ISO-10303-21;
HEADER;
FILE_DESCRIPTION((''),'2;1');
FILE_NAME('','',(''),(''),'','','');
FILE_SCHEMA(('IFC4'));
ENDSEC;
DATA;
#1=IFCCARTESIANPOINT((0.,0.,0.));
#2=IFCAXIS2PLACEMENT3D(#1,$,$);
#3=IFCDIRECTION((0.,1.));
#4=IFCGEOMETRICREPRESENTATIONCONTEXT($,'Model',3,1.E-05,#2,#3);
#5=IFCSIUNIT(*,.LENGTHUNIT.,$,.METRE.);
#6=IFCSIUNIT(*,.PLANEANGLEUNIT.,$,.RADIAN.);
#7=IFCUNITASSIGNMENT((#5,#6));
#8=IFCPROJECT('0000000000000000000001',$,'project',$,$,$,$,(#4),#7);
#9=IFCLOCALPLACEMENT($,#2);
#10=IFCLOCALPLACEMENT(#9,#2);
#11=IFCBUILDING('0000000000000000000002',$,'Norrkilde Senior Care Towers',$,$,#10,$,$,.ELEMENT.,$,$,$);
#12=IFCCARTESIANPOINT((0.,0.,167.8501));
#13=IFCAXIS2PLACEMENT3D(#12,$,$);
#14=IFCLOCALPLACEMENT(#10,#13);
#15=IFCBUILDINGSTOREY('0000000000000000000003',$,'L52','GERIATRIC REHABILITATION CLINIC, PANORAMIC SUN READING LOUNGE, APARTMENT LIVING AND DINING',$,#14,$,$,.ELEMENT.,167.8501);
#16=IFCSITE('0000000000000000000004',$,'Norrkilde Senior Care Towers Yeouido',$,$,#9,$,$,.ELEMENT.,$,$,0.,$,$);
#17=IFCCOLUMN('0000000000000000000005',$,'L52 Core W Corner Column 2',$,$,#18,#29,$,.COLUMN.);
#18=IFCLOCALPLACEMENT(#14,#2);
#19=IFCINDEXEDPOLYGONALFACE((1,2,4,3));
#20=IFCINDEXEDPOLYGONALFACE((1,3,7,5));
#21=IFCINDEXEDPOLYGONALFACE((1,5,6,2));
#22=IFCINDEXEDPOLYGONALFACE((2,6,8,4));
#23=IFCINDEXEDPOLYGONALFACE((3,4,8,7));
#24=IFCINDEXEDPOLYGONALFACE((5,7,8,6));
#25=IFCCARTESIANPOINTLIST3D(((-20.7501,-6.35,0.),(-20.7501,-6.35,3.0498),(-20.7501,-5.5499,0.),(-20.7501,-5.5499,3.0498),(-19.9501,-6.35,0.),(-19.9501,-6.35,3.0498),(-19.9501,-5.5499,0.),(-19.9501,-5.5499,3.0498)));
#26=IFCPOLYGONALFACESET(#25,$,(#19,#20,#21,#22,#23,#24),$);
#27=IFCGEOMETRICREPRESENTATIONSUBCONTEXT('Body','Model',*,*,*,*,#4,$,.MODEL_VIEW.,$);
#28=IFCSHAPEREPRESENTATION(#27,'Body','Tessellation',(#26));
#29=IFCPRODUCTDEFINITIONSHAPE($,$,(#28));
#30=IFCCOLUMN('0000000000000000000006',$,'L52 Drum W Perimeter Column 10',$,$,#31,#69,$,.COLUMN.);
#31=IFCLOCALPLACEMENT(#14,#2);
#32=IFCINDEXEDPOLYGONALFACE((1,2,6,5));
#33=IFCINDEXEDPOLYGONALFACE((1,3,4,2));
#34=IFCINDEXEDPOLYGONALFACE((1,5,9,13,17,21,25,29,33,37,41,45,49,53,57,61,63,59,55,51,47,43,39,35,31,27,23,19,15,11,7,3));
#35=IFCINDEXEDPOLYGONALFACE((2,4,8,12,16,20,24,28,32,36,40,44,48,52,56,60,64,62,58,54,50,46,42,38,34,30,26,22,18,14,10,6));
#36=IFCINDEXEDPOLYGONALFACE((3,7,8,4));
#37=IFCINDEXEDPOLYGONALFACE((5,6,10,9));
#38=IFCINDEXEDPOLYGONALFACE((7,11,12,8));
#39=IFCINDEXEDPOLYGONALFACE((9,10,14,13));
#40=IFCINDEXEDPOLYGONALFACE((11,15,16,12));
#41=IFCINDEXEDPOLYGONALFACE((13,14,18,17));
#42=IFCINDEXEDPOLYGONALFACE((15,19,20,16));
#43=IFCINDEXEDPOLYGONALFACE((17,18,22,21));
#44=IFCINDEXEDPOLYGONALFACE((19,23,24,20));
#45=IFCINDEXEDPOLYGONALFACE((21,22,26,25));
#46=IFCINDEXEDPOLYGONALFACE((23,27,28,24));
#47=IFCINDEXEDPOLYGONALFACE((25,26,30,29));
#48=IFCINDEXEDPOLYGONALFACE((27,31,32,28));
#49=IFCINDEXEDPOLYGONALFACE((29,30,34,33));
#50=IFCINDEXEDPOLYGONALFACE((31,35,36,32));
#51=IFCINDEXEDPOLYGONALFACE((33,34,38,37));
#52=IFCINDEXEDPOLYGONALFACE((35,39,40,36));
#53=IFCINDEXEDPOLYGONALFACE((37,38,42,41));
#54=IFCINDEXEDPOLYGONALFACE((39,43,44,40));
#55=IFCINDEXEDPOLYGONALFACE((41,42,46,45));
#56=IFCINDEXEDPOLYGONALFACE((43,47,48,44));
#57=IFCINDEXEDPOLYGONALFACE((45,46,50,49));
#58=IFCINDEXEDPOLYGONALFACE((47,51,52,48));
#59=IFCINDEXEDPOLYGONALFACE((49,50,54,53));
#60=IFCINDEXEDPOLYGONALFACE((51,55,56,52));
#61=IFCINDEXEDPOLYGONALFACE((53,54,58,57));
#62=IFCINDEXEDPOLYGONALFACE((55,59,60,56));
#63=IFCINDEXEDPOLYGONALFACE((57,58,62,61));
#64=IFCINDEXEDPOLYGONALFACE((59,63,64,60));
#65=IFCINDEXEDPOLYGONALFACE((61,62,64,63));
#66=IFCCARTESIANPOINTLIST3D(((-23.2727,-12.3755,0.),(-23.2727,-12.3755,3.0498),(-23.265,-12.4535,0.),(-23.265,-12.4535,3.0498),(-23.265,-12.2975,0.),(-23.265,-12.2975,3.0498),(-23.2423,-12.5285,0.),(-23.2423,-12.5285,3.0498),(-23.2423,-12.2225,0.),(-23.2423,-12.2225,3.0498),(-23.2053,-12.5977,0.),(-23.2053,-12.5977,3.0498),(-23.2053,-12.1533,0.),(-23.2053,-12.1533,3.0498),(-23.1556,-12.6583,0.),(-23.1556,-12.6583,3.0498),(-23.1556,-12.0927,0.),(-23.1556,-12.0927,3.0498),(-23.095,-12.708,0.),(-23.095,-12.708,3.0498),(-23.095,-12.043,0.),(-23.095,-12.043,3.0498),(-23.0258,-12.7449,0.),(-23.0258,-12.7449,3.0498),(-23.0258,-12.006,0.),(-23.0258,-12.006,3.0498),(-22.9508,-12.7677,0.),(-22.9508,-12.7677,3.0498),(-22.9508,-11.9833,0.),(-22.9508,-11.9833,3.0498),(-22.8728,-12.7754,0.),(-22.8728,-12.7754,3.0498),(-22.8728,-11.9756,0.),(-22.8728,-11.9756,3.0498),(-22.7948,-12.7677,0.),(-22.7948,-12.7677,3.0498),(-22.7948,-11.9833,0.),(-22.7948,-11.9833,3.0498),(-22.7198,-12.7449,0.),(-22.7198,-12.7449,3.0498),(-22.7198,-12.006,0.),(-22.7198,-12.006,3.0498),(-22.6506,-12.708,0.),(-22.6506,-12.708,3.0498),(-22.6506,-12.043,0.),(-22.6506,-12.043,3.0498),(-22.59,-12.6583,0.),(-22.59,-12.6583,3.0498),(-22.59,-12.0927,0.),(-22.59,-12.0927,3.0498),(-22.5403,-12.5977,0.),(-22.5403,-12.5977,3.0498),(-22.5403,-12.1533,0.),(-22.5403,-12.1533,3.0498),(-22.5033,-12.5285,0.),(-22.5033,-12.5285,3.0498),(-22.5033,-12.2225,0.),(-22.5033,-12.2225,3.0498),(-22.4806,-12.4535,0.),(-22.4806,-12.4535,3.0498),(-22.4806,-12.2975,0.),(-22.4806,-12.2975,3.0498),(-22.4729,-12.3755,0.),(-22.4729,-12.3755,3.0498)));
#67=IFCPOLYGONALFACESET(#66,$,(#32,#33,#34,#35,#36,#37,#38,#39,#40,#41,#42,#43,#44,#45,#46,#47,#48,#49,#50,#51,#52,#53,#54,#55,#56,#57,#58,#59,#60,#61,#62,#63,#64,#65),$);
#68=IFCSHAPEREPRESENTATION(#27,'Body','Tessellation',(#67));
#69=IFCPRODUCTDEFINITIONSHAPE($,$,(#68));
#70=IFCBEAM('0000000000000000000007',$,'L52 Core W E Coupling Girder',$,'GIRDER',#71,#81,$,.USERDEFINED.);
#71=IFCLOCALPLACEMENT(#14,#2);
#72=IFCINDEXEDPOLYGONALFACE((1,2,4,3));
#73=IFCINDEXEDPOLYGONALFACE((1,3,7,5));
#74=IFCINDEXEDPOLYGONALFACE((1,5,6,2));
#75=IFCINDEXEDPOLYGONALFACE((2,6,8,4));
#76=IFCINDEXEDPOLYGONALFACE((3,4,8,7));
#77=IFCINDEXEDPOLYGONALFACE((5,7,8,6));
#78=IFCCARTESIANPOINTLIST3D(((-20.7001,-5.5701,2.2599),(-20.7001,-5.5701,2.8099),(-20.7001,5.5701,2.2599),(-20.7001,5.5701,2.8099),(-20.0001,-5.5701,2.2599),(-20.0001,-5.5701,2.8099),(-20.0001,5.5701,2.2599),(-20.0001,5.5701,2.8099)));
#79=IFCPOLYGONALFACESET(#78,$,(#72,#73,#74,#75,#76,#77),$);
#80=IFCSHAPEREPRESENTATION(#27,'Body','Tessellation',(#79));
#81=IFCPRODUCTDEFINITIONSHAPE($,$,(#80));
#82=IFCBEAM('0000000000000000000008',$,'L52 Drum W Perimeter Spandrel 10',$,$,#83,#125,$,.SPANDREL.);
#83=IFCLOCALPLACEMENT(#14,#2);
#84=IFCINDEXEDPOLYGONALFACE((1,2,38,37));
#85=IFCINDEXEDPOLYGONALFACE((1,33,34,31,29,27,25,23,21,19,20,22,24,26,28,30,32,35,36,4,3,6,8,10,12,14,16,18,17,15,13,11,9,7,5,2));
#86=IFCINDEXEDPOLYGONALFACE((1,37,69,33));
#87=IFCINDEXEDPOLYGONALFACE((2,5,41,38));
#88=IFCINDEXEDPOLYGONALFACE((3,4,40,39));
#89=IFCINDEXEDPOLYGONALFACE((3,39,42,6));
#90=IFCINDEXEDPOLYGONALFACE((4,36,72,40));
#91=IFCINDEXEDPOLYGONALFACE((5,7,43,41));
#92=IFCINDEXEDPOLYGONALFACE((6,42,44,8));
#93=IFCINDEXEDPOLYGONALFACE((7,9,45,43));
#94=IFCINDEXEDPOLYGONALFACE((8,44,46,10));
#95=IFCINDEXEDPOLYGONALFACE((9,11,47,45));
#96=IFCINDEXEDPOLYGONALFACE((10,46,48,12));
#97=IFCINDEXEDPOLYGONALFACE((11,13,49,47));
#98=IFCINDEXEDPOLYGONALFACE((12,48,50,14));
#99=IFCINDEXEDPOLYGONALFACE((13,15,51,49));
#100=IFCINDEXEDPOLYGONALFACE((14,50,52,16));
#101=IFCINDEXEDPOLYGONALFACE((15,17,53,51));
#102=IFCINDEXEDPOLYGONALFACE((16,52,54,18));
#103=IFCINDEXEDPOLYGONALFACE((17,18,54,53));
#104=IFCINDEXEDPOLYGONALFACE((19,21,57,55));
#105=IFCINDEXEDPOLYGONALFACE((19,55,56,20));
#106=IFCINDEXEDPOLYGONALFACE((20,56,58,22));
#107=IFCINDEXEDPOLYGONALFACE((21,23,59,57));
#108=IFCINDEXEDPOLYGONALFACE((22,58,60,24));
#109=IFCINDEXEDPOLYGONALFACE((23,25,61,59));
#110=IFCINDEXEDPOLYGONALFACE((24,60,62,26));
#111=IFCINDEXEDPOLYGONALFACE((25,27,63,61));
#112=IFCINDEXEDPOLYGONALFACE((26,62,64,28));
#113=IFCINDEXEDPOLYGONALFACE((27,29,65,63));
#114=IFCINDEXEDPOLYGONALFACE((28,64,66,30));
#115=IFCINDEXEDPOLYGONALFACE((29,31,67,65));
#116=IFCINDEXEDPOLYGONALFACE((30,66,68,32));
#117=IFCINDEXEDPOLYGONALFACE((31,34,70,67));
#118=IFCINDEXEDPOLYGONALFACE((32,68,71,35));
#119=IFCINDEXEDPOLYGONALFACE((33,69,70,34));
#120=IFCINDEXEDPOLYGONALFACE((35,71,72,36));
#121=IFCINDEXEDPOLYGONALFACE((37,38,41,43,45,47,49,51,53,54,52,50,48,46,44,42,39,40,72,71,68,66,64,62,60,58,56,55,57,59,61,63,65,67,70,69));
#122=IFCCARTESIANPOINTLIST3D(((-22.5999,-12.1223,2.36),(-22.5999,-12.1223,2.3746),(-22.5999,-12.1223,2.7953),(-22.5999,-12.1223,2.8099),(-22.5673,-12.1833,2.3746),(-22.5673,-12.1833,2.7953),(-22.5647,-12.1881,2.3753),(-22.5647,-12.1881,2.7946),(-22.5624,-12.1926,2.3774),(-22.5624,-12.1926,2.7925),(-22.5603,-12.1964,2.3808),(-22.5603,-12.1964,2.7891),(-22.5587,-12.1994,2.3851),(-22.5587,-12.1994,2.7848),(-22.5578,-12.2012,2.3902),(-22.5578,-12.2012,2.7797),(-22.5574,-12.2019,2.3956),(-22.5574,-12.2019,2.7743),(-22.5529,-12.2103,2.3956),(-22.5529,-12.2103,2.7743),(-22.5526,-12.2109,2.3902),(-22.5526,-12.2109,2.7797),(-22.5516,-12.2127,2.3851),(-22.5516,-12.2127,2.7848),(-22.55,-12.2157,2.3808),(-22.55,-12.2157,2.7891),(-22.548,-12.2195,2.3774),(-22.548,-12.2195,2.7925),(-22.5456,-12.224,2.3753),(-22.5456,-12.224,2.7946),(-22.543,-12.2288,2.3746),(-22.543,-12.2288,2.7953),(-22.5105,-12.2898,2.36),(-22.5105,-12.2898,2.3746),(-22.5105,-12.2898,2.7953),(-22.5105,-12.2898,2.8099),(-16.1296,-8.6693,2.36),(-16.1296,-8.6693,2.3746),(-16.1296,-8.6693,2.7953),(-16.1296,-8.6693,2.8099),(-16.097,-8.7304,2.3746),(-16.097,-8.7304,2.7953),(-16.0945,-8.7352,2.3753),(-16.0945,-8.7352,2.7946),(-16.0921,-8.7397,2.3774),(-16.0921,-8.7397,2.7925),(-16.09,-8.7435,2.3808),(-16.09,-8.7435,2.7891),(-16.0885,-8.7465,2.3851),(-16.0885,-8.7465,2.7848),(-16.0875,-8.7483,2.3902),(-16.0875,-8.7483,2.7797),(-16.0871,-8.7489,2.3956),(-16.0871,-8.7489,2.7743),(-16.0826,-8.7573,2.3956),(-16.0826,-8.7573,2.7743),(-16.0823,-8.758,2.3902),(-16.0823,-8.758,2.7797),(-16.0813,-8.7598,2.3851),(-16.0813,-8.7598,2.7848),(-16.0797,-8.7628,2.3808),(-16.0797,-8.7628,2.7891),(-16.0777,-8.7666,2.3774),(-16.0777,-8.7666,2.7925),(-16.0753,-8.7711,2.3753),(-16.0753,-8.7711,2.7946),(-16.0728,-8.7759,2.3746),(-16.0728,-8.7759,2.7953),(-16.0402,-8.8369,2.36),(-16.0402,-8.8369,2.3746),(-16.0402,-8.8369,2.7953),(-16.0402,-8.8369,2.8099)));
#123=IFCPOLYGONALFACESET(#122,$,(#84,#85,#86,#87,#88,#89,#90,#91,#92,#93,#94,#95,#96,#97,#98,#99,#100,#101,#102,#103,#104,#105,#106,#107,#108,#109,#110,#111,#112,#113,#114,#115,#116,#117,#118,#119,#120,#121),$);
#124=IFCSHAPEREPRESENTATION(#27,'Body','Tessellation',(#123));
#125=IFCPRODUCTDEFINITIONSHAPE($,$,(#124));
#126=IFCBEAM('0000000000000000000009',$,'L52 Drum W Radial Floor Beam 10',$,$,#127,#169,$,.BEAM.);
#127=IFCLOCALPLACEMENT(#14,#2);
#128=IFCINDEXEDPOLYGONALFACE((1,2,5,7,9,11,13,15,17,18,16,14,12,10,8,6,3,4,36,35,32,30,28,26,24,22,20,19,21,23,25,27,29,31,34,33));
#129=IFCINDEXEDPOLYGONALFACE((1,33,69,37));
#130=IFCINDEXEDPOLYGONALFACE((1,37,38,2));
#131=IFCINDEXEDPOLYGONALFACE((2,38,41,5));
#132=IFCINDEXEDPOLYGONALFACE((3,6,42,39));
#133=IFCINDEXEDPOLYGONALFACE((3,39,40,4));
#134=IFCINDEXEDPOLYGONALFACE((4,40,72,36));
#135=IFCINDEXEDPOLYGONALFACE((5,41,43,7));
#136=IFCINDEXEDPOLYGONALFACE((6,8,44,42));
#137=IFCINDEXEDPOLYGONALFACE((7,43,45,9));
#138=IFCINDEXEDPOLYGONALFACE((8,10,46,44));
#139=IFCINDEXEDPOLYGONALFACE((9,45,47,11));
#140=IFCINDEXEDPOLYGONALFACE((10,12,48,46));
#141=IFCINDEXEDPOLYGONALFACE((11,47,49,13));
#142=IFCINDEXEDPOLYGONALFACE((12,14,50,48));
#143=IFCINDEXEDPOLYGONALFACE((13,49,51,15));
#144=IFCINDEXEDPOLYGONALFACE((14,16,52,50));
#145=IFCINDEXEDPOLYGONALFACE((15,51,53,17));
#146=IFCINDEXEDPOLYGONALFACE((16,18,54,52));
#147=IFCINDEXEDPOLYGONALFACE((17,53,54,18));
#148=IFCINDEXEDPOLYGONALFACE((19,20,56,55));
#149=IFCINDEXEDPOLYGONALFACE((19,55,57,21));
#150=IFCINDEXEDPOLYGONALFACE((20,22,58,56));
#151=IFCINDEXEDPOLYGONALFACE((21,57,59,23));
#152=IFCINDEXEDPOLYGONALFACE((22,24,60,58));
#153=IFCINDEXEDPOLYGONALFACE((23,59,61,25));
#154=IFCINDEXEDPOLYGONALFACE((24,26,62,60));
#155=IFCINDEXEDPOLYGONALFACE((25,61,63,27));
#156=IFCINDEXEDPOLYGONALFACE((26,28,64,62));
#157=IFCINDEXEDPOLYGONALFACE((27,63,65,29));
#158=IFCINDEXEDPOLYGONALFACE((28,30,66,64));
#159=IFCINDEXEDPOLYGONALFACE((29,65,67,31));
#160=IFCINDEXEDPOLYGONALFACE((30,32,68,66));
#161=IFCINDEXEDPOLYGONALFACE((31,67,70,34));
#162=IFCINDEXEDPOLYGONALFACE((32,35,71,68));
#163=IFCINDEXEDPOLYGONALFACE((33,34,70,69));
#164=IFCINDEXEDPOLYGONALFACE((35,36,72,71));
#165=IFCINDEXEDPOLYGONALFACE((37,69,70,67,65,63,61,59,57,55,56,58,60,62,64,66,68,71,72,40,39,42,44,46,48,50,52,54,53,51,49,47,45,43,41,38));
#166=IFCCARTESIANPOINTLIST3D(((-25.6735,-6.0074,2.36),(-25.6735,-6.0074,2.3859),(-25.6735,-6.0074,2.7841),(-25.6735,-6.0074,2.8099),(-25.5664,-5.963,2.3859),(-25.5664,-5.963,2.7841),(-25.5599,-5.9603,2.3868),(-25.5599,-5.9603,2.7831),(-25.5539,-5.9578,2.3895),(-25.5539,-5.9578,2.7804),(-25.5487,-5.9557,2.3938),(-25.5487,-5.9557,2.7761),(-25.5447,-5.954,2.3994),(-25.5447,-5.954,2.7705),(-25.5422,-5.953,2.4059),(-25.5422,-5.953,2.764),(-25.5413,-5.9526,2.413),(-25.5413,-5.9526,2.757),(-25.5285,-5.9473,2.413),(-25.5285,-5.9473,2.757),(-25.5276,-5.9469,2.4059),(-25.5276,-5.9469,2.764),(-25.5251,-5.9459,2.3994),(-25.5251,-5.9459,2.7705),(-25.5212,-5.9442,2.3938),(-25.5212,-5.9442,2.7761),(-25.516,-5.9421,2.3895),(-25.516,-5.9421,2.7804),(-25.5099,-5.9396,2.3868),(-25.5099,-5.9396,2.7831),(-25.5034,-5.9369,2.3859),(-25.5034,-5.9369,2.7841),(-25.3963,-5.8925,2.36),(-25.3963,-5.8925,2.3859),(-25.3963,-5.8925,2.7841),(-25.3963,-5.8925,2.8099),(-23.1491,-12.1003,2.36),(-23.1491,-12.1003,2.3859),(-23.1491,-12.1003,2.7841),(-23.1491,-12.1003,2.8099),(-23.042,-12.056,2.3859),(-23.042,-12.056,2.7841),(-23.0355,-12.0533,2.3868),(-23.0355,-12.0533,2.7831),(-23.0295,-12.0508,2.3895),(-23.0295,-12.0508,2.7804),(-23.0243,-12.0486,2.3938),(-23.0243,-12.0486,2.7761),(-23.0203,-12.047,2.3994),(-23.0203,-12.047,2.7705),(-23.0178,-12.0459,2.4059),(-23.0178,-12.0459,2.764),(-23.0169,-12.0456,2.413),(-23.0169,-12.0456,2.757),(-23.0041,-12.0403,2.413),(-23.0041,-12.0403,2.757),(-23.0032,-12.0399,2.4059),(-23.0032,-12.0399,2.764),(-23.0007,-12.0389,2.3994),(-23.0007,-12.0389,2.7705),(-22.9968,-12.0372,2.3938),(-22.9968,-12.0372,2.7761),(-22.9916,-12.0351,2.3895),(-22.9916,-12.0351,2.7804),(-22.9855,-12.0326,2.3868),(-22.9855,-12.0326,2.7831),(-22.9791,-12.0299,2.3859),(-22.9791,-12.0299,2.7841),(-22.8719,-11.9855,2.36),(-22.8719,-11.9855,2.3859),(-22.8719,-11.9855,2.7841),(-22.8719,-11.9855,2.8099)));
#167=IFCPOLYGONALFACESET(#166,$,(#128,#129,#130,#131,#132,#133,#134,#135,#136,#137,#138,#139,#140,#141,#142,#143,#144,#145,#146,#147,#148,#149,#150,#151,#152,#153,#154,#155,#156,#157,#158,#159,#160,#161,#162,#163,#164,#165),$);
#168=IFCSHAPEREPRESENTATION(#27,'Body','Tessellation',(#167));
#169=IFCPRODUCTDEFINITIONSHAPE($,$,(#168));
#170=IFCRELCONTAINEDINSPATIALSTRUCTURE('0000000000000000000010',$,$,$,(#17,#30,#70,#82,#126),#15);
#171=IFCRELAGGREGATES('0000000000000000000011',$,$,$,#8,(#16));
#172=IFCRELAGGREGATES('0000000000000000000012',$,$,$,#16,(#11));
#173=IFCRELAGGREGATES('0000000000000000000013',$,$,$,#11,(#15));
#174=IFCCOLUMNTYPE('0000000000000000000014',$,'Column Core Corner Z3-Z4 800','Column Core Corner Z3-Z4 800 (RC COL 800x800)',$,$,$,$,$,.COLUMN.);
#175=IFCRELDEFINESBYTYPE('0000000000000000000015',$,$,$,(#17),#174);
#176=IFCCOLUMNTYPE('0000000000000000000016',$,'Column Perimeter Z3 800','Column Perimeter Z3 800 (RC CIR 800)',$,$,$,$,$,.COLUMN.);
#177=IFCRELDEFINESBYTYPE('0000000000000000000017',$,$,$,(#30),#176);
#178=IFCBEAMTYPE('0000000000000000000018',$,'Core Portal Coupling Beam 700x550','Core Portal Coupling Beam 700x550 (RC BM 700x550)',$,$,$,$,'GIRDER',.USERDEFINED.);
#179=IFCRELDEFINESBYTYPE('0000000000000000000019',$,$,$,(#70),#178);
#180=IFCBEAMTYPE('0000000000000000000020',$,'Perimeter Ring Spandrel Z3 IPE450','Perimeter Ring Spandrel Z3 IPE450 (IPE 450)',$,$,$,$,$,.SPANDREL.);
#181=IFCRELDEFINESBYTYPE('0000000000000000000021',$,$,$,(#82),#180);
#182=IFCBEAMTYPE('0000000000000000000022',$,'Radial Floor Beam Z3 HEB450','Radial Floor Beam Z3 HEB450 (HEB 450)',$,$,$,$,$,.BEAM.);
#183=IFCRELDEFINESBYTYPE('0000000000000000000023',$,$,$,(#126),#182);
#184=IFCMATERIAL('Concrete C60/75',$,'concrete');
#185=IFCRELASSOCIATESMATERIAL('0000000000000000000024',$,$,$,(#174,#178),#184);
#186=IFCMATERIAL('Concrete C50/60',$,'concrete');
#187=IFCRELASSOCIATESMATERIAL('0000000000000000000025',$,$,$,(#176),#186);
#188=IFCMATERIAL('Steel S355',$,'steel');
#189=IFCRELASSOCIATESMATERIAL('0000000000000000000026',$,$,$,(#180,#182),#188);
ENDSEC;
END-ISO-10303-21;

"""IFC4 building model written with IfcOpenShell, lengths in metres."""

from ifc_helpers import new_model, si_unit, direction, frame, origin, origin_2d, place, context, subcontext, project, spatial, rectangle, circle, i_section, extrude, source, transform, mapped, material, material_profile, profile_set, type_object, type_shapes, element, save


model = new_model("IFC4")

# Units and contexts
model_context = context("Model", 3, precision=1e-05, world=origin(), true_north=direction((0.0, 1.0)))
body_context = subcontext(model_context, "Body", "Model", "MODEL_VIEW")
ifc_project = project(units=[si_unit("LENGTHUNIT", "METRE"), si_unit("PLANEANGLEUNIT", "RADIAN")], contexts=[model_context])

# Site, building, storey
site_placement = place(None, origin())
site = spatial("IfcSite", under=ifc_project, at=site_placement, Name="Norrkilde Senior Care Towers Yeouido", CompositionType="ELEMENT", RefElevation=0.0)
building_placement = place(site_placement, origin())
building = spatial("IfcBuilding", under=site, at=building_placement, Name="Norrkilde Senior Care Towers", CompositionType="ELEMENT")
storey_placement = place(building_placement, frame((0.0, 0.0, 167.8501)))
storey = spatial("IfcBuildingStorey", under=building, at=storey_placement, Name="L52", Description="GERIATRIC REHABILITATION CLINIC, PANORAMIC SUN READING LOUNGE, APARTMENT LIVING AND DINING", CompositionType="ELEMENT", Elevation=167.8501)

# Columns
ifc_material_1 = material(Name="Concrete C60/75", Category="concrete")
ifc_material_profile_1 = material_profile(ifc_material_1, rectangle(XDim=0.8, YDim=0.8, at=origin_2d()), Name="RC COL 800x800")
ifc_profile_set_1 = profile_set([ifc_material_profile_1], Name="Concrete C60/75")
column_type_1 = type_object("IfcColumnType", Name="Column Core Corner Z3-Z4 800", Description="Column Core Corner Z3-Z4 800 (RC COL 800x800)", PredefinedType="COLUMN", material=ifc_profile_set_1)
shared_shape_1 = source(origin(), body_context, "Body", "SweptSolid", [
    extrude(rectangle(XDim=0.8, YDim=0.8, at=origin_2d()), origin(), (0.0, 0.0, 1.0), 3.0498),
])
type_shapes(column_type_1, [shared_shape_1])
column_1_placement = place(storey_placement, frame((-20.3501, -5.95, 0.0), z_axis=(0.0, 0.0, 1.0), x_axis=(1.0, 0.0, 0.0)))
element("IfcColumn", 1, at=column_1_placement, inside=storey, type_object=column_type_1, Name="L52 Core W Corner Column 2", PredefinedType="COLUMN", context=body_context, shape_type="MappedRepresentation", body=[
    mapped(shared_shape_1, transform((0.0, 0.0, 0.0), x_axis=(1.0, 0.0, 0.0), y_axis=(0.0, 1.0, 0.0), z_axis=(0.0, 0.0, 1.0), scale=1.0)),
])
ifc_material_2 = material(Name="Concrete C50/60", Category="concrete")
ifc_material_profile_2 = material_profile(ifc_material_2, circle(Radius=0.3999, at=origin_2d()), Name="RC CIR 800")
ifc_profile_set_2 = profile_set([ifc_material_profile_2], Name="Concrete C50/60")
column_type_2 = type_object("IfcColumnType", Name="Column Perimeter Z3 800", Description="Column Perimeter Z3 800 (RC CIR 800)", PredefinedType="COLUMN", material=ifc_profile_set_2)
shared_shape_2 = source(origin(), body_context, "Body", "SweptSolid", [
    extrude(circle(Radius=0.3999, at=origin_2d()), origin(), (0.0, 0.0, 1.0), 3.0498),
])
type_shapes(column_type_2, [shared_shape_2])
column_2_placement = place(storey_placement, frame((-22.8728, -12.3755, 0.0), z_axis=(0.0, 0.0, 1.0), x_axis=(1.0, 0.0, 0.0)))
element("IfcColumn", 2, at=column_2_placement, inside=storey, type_object=column_type_2, Name="L52 Drum W Perimeter Column 10", PredefinedType="COLUMN", context=body_context, shape_type="MappedRepresentation", body=[
    mapped(shared_shape_2, transform((0.0, 0.0, 0.0), x_axis=(1.0, 0.0, 0.0), y_axis=(0.0, 1.0, 0.0), z_axis=(0.0, 0.0, 1.0), scale=1.0)),
])

# Beams
ifc_material_profile_3 = material_profile(ifc_material_1, rectangle(XDim=0.7, YDim=0.55, at=origin_2d()), Name="RC BM 700x550")
ifc_profile_set_3 = profile_set([ifc_material_profile_3], Name="Concrete C60/75")
beam_type_1 = type_object("IfcBeamType", Name="Core Portal Coupling Beam 700x550", Description="Core Portal Coupling Beam 700x550 (RC BM 700x550)", ElementType="GIRDER", PredefinedType="USERDEFINED", material=ifc_profile_set_3)
shared_shape_3 = source(origin(), body_context, "Body", "SweptSolid", [
    extrude(rectangle(XDim=0.7, YDim=0.55, at=origin_2d()), origin(), (0.0, 0.0, 1.0), 11.1401),
])
type_shapes(beam_type_1, [shared_shape_3])
beam_1_placement = place(storey_placement, frame((-20.3501, -5.5701, 2.5349), z_axis=(0.0, 1.0, 0.0), x_axis=(-1.0, 0.0, 0.0)))
element("IfcBeam", 3, at=beam_1_placement, inside=storey, type_object=beam_type_1, Name="L52 Core W E Coupling Girder", ObjectType="GIRDER", PredefinedType="USERDEFINED", context=body_context, shape_type="MappedRepresentation", body=[
    mapped(shared_shape_3, transform((0.0, 0.0, 0.0), x_axis=(1.0, 0.0, 0.0), y_axis=(0.0, 1.0, 0.0), z_axis=(0.0, 0.0, 1.0), scale=1.0)),
])
ifc_material_3 = material(Name="Steel S355", Category="steel")
ifc_material_profile_4 = material_profile(ifc_material_3, i_section(OverallWidth=0.1899, OverallDepth=0.45, WebThickness=0.0095, FlangeThickness=0.0146, FilletRadius=0.021, at=origin_2d()), Name="IPE 450")
ifc_profile_set_4 = profile_set([ifc_material_profile_4], Name="Steel S355")
beam_type_2 = type_object("IfcBeamType", Name="Perimeter Ring Spandrel Z3 IPE450", Description="Perimeter Ring Spandrel Z3 IPE450 (IPE 450)", PredefinedType="SPANDREL", material=ifc_profile_set_4)
shared_shape_4 = source(origin(), body_context, "Body", "SweptSolid", [
    extrude(i_section(OverallWidth=0.1899, OverallDepth=0.45, WebThickness=0.0095, FlangeThickness=0.0146, FilletRadius=0.021, at=origin_2d()), origin(), (0.0, 0.0, 1.0), 7.334),
])
type_shapes(beam_type_2, [shared_shape_4])
beam_2_placement = place(storey_placement, frame((-22.5552, -12.2061, 2.585), z_axis=(0.882234, 0.470811, 0.0), x_axis=(-0.470811, 0.882234, 0.0)))
element("IfcBeam", 4, at=beam_2_placement, inside=storey, type_object=beam_type_2, Name="L52 Drum W Perimeter Spandrel 10", PredefinedType="SPANDREL", context=body_context, shape_type="MappedRepresentation", body=[
    mapped(shared_shape_4, transform((0.0, 0.0, 0.0), x_axis=(1.0, 0.0, 0.0), y_axis=(0.0, 1.0, 0.0), z_axis=(0.0, 0.0, 1.0), scale=1.0)),
])
ifc_material_profile_5 = material_profile(ifc_material_3, i_section(OverallWidth=0.3, OverallDepth=0.45, WebThickness=0.0139, FlangeThickness=0.0259, FilletRadius=0.0271, at=origin_2d()), Name="HEB 450")
ifc_profile_set_5 = profile_set([ifc_material_profile_5], Name="Steel S355")
beam_type_3 = type_object("IfcBeamType", Name="Radial Floor Beam Z3 HEB450", Description="Radial Floor Beam Z3 HEB450 (HEB 450)", PredefinedType="BEAM", material=ifc_profile_set_5)
shared_shape_5 = source(origin(), body_context, "Body", "SweptSolid", [
    extrude(i_section(OverallWidth=0.3, OverallDepth=0.45, WebThickness=0.0139, FlangeThickness=0.0259, FilletRadius=0.0271, at=origin_2d()), origin(), (0.0, 0.0, 1.0), 6.5952),
])
type_shapes(beam_type_3, [shared_shape_5])
beam_3_placement = place(storey_placement, frame((-25.5349, -5.95, 2.585), z_axis=(0.382762, -0.923847, 0.0), x_axis=(0.923847, 0.382762, 0.0)))
element("IfcBeam", 5, at=beam_3_placement, inside=storey, type_object=beam_type_3, Name="L52 Drum W Radial Floor Beam 10", PredefinedType="BEAM", context=body_context, shape_type="MappedRepresentation", body=[
    mapped(shared_shape_5, transform((0.0, 0.0, 0.0), x_axis=(1.0, 0.0, 0.0), y_axis=(0.0, 1.0, 0.0), z_axis=(0.0, 0.0, 1.0), scale=1.0)),
])

save(model, "model.ifc")
